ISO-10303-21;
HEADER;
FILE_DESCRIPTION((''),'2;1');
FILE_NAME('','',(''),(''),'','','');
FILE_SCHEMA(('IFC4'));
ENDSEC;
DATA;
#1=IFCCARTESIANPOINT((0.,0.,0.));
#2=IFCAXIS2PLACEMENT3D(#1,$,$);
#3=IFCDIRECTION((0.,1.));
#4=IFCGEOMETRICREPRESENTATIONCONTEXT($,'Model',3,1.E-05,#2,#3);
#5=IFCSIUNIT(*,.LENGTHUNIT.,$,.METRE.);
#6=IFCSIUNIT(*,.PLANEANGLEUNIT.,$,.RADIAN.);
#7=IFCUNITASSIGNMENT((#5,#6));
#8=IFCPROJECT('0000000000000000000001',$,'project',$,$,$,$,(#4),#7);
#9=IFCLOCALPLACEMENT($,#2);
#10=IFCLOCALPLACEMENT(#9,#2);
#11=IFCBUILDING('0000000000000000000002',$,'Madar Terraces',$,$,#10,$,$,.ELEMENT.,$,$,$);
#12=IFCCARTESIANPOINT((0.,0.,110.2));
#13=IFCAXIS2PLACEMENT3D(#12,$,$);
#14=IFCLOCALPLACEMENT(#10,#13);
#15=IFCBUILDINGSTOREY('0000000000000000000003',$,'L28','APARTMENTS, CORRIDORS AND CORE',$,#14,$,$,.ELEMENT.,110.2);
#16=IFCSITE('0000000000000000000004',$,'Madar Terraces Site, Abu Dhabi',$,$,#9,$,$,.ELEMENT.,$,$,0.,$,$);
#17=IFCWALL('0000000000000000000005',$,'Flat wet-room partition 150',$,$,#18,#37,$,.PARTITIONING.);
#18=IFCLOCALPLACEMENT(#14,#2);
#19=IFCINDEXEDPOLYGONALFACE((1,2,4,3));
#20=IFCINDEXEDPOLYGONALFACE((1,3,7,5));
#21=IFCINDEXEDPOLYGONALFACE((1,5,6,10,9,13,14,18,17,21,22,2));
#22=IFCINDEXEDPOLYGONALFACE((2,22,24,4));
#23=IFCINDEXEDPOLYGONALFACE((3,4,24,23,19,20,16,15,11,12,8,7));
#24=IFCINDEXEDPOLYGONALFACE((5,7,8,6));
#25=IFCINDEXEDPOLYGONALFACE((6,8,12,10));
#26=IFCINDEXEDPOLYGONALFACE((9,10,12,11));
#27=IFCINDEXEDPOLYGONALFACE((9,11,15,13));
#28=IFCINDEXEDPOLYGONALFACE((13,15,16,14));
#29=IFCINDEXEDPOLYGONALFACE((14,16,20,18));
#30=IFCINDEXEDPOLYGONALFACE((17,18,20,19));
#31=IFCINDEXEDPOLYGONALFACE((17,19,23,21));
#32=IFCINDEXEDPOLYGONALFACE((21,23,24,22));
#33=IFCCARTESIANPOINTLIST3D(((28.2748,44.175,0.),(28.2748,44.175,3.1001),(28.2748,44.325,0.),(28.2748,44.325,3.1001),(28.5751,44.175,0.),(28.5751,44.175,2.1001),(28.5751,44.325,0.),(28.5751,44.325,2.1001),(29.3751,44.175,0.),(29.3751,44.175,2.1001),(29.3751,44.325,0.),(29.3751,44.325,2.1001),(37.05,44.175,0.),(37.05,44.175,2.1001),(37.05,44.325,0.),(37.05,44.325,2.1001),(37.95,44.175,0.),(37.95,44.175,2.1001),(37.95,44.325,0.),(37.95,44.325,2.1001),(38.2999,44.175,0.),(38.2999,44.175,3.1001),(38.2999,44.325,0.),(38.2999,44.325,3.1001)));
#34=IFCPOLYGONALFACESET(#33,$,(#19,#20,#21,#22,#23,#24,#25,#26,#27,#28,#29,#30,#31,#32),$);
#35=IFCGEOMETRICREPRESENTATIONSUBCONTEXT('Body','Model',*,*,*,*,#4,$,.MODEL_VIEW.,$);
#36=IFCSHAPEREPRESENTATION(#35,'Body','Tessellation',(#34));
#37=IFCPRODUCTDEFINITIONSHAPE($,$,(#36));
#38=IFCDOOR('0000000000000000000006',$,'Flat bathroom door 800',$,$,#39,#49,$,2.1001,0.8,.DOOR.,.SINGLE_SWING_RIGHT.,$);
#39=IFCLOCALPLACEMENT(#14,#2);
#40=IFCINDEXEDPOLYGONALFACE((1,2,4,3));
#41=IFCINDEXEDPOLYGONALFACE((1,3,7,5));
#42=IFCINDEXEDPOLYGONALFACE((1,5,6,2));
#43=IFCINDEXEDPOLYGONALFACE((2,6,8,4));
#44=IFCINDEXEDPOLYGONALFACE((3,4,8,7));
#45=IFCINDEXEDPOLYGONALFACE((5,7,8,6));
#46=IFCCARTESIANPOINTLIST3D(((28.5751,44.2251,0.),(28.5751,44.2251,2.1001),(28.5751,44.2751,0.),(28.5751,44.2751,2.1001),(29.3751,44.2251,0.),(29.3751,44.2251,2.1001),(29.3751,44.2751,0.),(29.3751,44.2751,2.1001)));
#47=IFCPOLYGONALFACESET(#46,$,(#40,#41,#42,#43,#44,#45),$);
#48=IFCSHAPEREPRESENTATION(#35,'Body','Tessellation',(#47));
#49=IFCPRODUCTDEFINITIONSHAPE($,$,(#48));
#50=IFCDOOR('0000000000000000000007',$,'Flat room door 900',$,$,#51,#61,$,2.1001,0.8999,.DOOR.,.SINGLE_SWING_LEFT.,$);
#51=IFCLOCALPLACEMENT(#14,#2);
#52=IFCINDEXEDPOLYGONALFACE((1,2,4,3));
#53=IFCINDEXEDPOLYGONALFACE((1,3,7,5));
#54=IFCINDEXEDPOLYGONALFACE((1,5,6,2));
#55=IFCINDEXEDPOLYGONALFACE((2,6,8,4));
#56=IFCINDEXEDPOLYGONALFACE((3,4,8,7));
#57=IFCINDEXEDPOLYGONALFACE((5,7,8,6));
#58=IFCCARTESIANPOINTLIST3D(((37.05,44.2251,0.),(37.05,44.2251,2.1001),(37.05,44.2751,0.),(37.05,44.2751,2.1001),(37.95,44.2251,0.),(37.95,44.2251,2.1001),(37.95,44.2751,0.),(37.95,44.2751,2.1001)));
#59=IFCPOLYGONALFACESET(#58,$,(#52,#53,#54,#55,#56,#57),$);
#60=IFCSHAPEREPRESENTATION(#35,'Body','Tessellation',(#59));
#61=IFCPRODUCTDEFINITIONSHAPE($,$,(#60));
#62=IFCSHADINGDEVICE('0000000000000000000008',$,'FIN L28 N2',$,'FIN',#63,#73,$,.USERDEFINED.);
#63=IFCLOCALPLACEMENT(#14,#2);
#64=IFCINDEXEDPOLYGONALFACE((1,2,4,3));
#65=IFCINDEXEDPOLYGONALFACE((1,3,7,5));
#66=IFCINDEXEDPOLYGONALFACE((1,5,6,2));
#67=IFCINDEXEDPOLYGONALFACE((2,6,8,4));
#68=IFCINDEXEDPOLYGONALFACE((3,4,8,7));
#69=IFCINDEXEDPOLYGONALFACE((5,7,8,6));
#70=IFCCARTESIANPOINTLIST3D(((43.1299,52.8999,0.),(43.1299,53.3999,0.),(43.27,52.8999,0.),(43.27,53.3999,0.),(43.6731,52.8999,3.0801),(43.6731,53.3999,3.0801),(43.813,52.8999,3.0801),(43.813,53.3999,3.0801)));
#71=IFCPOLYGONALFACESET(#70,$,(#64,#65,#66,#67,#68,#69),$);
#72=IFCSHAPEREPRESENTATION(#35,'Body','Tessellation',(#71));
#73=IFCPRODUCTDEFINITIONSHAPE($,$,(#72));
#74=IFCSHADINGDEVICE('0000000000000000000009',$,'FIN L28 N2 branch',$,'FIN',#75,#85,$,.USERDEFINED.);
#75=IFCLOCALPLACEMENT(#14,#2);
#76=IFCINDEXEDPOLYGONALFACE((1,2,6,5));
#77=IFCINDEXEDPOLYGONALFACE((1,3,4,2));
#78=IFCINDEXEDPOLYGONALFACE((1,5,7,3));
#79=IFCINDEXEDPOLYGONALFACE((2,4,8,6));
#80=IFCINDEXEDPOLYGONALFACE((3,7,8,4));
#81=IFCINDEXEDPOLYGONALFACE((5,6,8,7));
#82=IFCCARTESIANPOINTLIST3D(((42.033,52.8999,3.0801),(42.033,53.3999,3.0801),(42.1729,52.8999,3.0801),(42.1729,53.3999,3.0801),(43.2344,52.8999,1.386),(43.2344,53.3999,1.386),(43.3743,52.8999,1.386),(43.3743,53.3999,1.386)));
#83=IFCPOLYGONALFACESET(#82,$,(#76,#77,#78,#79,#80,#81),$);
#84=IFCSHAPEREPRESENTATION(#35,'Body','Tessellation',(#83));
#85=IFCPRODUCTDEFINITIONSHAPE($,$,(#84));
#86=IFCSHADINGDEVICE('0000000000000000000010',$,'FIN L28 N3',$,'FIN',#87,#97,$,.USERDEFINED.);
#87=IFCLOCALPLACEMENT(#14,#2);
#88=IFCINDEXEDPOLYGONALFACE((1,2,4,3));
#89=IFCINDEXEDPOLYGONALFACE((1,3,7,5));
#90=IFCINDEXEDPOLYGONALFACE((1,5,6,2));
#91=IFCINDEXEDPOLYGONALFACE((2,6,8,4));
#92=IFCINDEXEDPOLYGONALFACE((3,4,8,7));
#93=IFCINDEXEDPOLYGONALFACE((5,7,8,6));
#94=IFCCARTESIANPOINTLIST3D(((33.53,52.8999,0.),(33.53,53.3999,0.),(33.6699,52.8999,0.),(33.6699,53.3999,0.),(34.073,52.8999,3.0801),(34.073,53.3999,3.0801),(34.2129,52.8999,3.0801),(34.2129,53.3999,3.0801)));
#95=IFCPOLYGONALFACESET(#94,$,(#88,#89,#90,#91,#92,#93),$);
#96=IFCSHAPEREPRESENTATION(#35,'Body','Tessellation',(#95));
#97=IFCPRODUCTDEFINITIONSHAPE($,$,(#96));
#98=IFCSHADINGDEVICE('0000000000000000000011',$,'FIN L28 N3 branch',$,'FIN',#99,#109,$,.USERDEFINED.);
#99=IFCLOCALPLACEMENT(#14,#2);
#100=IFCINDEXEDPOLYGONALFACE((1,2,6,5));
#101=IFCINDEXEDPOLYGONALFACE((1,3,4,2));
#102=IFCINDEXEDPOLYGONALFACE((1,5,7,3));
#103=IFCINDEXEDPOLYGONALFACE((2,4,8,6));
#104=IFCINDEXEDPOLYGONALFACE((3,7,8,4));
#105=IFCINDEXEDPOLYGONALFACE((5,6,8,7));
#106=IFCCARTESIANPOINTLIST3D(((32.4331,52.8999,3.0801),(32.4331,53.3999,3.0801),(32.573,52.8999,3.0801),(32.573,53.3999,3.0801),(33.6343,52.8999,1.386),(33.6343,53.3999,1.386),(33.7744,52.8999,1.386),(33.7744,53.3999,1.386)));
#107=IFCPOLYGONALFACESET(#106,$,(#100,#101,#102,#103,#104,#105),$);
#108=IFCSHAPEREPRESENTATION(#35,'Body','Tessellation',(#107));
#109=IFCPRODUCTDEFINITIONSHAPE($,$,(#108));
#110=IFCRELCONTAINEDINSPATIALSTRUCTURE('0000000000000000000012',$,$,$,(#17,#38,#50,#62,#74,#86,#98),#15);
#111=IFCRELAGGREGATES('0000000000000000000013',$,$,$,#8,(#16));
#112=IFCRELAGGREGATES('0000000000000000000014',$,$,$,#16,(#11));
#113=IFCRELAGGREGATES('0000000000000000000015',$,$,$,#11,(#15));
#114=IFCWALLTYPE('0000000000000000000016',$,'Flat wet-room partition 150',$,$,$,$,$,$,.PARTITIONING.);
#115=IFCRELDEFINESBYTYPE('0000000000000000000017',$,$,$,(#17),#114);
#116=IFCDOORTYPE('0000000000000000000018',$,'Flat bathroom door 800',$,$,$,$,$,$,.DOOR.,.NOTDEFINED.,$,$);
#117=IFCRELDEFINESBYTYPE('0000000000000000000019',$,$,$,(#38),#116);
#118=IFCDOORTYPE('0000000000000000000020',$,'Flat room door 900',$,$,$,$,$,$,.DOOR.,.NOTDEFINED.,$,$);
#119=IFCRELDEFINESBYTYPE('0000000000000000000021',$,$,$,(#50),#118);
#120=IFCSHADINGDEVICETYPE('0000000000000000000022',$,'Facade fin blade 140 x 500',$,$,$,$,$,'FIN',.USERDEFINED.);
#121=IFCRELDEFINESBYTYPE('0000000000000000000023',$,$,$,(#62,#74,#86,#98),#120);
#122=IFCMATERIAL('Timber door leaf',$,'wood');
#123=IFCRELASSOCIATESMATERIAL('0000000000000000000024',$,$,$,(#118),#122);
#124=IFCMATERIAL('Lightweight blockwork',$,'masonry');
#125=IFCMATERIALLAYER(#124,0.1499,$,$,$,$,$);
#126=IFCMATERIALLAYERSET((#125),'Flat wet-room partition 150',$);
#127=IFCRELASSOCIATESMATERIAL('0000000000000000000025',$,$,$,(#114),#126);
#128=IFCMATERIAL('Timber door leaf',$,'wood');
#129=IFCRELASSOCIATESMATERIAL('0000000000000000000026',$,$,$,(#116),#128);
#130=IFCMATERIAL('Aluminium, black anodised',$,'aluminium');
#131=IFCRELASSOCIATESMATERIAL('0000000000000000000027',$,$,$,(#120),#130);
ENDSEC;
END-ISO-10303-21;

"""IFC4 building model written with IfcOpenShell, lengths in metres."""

from ifc_helpers import new_model, si_unit, direction, frame, frame_2d, origin, place, context, subcontext, project, spatial, polyline, rectangle, outline, extrude, material, layer, layer_set, type_object, element, fill, save


model = new_model("IFC4")

# Units and contexts
model_context = context("Model", 3, precision=1e-05, world=origin(), true_north=direction((0.0, 1.0)))
body_context = subcontext(model_context, "Body", "Model", "MODEL_VIEW")
ifc_project = project(units=[si_unit("LENGTHUNIT", "METRE"), si_unit("PLANEANGLEUNIT", "RADIAN")], contexts=[model_context])

# Site, building, storey
site_placement = place(None, origin())
site = spatial("IfcSite", under=ifc_project, at=site_placement, Name="Madar Terraces Site, Abu Dhabi", CompositionType="ELEMENT", RefElevation=0.0)
building_placement = place(site_placement, origin())
building = spatial("IfcBuilding", under=site, at=building_placement, Name="Madar Terraces", CompositionType="ELEMENT")
storey_placement = place(building_placement, frame((0.0, 0.0, 110.2)))
storey = spatial("IfcBuildingStorey", under=building, at=storey_placement, Name="L28", Description="APARTMENTS, CORRIDORS AND CORE", CompositionType="ELEMENT", Elevation=110.2)

# Shared definitions
ifc_material_1 = material(Name="Timber door leaf", Category="wood")
door_type_1 = type_object("IfcDoorType", Name="Flat room door 900", OperationType="NOTDEFINED", PredefinedType="DOOR", material=ifc_material_1)

# Shared definitions
ifc_material_2 = material(Name="Lightweight blockwork", Category="masonry")
ifc_layer_1 = layer(ifc_material_2, 0.1499)
ifc_layer_set_1 = layer_set([ifc_layer_1], Name="Flat wet-room partition 150")
wall_type_1 = type_object("IfcWallType", Name="Flat wet-room partition 150", PredefinedType="PARTITIONING", material=ifc_layer_set_1)

# Wall, openings, doors
ifc_material_3 = material(Name="Timber door leaf", Category="wood")
door_type_2 = type_object("IfcDoorType", Name="Flat bathroom door 800", OperationType="NOTDEFINED", PredefinedType="DOOR", material=ifc_material_3)
wall_1_placement = place(storey_placement, frame((38.3, 44.25, 0.0), z_axis=(0.0, 0.0, 1.0), x_axis=(-1.0, 0.0, 0.0)))
wall_1 = element("IfcWall", 1, at=wall_1_placement, inside=storey, type_object=wall_type_1, Name="Flat wet-room partition 150", PredefinedType="PARTITIONING", context=body_context, shape_type="SweptSolid", body=[
    extrude(rectangle(XDim=10.0251, YDim=0.1499, at=frame_2d((5.0127, 0.0))), origin(), (0.0, 0.0, 1.0), 3.1001),
])
opening_1_placement = place(wall_1_placement, frame((8.925, 0.0, 0.0)))
opening_1 = element("IfcOpeningElement", 2, at=opening_1_placement, cuts=wall_1, PredefinedType="OPENING", context=body_context, shape_type="SweptSolid", body=[
    extrude(rectangle(XDim=0.8, YDim=2.1001, at=frame_2d((0.3999, 1.05))), frame((0.0, 0.085, 0.0), z_axis=(0.0, -1.0, 0.0), x_axis=(1.0, 0.0, 0.0)), (0.0, 0.0, 1.0), 0.1699),
])
opening_2_placement = place(wall_1_placement, frame((0.3501, 0.0, 0.0)))
opening_2 = element("IfcOpeningElement", 3, at=opening_2_placement, cuts=wall_1, PredefinedType="OPENING", context=body_context, shape_type="SweptSolid", body=[
    extrude(rectangle(XDim=0.8999, YDim=2.1001, at=frame_2d((0.45, 1.05))), frame((0.0, 0.085, 0.0), z_axis=(0.0, -1.0, 0.0), x_axis=(1.0, 0.0, 0.0)), (0.0, 0.0, 1.0), 0.1699),
])
door_1_placement = place(opening_1_placement, origin())
door_1 = element("IfcDoor", 4, at=door_1_placement, inside=storey, type_object=door_type_2, Name="Flat bathroom door 800", OperationType="SINGLE_SWING_RIGHT", OverallHeight=2.1001, OverallWidth=0.8, PredefinedType="DOOR", context=body_context, shape_type="SweptSolid", body=[
    extrude(rectangle(XDim=0.8, YDim=2.1001, at=frame_2d((0.3999, 1.05))), frame((0.0, 0.0249, 0.0), z_axis=(0.0, -1.0, 0.0), x_axis=(1.0, 0.0, 0.0)), (0.0, 0.0, 1.0), 0.05),
])
fill(opening_1, door_1)
door_2_placement = place(opening_2_placement, origin())
door_2 = element("IfcDoor", 5, at=door_2_placement, inside=storey, type_object=door_type_1, Name="Flat room door 900", OperationType="SINGLE_SWING_LEFT", OverallHeight=2.1001, OverallWidth=0.8999, PredefinedType="DOOR", context=body_context, shape_type="SweptSolid", body=[
    extrude(rectangle(XDim=0.8999, YDim=2.1001, at=frame_2d((0.45, 1.05))), frame((0.0, 0.0249, 0.0), z_axis=(0.0, -1.0, 0.0), x_axis=(1.0, 0.0, 0.0)), (0.0, 0.0, 1.0), 0.05),
])
fill(opening_2, door_2)

# Shading devices
ifc_material_4 = material(Name="Aluminium, black anodised", Category="aluminium")
shading_device_type = type_object("IfcShadingDeviceType", Name="Facade fin blade 140 x 500", ElementType="FIN", PredefinedType="USERDEFINED", material=ifc_material_4)
shading_device_1_placement = place(storey_placement, frame((43.27, 53.1499, 0.0), z_axis=(0.0, 0.0, 1.0), x_axis=(-1.0, 0.0, 0.0)))
element("IfcShadingDevice", 6, at=shading_device_1_placement, inside=storey, type_object=shading_device_type, Name="FIN L28 N2", ObjectType="FIN", PredefinedType="USERDEFINED", context=body_context, shape_type="SweptSolid", body=[
    extrude(outline(polyline([(0.0, 0.0), (0.1401, 0.0), (-0.4031, 3.0801), (-0.543, 3.0801), (0.0, 0.0)])), frame((0.0, 0.25, 0.0), z_axis=(0.0, -1.0, 0.0), x_axis=(1.0, 0.0, 0.0)), (0.0, 0.0, 1.0), 0.5),
])
shading_device_2_placement = place(storey_placement, frame((43.3743, 53.1499, 1.386), z_axis=(0.0, 0.0, 1.0), x_axis=(-1.0, 0.0, 0.0)))
element("IfcShadingDevice", 7, at=shading_device_2_placement, inside=storey, type_object=shading_device_type, Name="FIN L28 N2 branch", ObjectType="FIN", PredefinedType="USERDEFINED", context=body_context, shape_type="SweptSolid", body=[
    extrude(outline(polyline([(0.0, 0.0), (0.1399, 0.0), (1.3413, 1.6941), (1.2014, 1.6941), (0.0, 0.0)])), frame((0.0, 0.25, 0.0), z_axis=(0.0, -1.0, 0.0), x_axis=(1.0, 0.0, 0.0)), (0.0, 0.0, 1.0), 0.5),
])
shading_device_3_placement = place(storey_placement, frame((33.6699, 53.1499, 0.0), z_axis=(0.0, 0.0, 1.0), x_axis=(-1.0, 0.0, 0.0)))
element("IfcShadingDevice", 8, at=shading_device_3_placement, inside=storey, type_object=shading_device_type, Name="FIN L28 N3", ObjectType="FIN", PredefinedType="USERDEFINED", context=body_context, shape_type="SweptSolid", body=[
    extrude(outline(polyline([(0.0, 0.0), (0.1399, 0.0), (-0.4031, 3.0801), (-0.543, 3.0801), (0.0, 0.0)])), frame((0.0, 0.25, 0.0), z_axis=(0.0, -1.0, 0.0), x_axis=(1.0, 0.0, 0.0)), (0.0, 0.0, 1.0), 0.5),
])
shading_device_4_placement = place(storey_placement, frame((33.7744, 53.1499, 1.386), z_axis=(0.0, 0.0, 1.0), x_axis=(-1.0, 0.0, 0.0)))
element("IfcShadingDevice", 9, at=shading_device_4_placement, inside=storey, type_object=shading_device_type, Name="FIN L28 N3 branch", ObjectType="FIN", PredefinedType="USERDEFINED", context=body_context, shape_type="SweptSolid", body=[
    extrude(outline(polyline([(0.0, 0.0), (0.1401, 0.0), (1.3413, 1.6941), (1.2014, 1.6941), (0.0, 0.0)])), frame((0.0, 0.25, 0.0), z_axis=(0.0, -1.0, 0.0), x_axis=(1.0, 0.0, 0.0)), (0.0, 0.0, 1.0), 0.5),
])

save(model, "model.ifc")
